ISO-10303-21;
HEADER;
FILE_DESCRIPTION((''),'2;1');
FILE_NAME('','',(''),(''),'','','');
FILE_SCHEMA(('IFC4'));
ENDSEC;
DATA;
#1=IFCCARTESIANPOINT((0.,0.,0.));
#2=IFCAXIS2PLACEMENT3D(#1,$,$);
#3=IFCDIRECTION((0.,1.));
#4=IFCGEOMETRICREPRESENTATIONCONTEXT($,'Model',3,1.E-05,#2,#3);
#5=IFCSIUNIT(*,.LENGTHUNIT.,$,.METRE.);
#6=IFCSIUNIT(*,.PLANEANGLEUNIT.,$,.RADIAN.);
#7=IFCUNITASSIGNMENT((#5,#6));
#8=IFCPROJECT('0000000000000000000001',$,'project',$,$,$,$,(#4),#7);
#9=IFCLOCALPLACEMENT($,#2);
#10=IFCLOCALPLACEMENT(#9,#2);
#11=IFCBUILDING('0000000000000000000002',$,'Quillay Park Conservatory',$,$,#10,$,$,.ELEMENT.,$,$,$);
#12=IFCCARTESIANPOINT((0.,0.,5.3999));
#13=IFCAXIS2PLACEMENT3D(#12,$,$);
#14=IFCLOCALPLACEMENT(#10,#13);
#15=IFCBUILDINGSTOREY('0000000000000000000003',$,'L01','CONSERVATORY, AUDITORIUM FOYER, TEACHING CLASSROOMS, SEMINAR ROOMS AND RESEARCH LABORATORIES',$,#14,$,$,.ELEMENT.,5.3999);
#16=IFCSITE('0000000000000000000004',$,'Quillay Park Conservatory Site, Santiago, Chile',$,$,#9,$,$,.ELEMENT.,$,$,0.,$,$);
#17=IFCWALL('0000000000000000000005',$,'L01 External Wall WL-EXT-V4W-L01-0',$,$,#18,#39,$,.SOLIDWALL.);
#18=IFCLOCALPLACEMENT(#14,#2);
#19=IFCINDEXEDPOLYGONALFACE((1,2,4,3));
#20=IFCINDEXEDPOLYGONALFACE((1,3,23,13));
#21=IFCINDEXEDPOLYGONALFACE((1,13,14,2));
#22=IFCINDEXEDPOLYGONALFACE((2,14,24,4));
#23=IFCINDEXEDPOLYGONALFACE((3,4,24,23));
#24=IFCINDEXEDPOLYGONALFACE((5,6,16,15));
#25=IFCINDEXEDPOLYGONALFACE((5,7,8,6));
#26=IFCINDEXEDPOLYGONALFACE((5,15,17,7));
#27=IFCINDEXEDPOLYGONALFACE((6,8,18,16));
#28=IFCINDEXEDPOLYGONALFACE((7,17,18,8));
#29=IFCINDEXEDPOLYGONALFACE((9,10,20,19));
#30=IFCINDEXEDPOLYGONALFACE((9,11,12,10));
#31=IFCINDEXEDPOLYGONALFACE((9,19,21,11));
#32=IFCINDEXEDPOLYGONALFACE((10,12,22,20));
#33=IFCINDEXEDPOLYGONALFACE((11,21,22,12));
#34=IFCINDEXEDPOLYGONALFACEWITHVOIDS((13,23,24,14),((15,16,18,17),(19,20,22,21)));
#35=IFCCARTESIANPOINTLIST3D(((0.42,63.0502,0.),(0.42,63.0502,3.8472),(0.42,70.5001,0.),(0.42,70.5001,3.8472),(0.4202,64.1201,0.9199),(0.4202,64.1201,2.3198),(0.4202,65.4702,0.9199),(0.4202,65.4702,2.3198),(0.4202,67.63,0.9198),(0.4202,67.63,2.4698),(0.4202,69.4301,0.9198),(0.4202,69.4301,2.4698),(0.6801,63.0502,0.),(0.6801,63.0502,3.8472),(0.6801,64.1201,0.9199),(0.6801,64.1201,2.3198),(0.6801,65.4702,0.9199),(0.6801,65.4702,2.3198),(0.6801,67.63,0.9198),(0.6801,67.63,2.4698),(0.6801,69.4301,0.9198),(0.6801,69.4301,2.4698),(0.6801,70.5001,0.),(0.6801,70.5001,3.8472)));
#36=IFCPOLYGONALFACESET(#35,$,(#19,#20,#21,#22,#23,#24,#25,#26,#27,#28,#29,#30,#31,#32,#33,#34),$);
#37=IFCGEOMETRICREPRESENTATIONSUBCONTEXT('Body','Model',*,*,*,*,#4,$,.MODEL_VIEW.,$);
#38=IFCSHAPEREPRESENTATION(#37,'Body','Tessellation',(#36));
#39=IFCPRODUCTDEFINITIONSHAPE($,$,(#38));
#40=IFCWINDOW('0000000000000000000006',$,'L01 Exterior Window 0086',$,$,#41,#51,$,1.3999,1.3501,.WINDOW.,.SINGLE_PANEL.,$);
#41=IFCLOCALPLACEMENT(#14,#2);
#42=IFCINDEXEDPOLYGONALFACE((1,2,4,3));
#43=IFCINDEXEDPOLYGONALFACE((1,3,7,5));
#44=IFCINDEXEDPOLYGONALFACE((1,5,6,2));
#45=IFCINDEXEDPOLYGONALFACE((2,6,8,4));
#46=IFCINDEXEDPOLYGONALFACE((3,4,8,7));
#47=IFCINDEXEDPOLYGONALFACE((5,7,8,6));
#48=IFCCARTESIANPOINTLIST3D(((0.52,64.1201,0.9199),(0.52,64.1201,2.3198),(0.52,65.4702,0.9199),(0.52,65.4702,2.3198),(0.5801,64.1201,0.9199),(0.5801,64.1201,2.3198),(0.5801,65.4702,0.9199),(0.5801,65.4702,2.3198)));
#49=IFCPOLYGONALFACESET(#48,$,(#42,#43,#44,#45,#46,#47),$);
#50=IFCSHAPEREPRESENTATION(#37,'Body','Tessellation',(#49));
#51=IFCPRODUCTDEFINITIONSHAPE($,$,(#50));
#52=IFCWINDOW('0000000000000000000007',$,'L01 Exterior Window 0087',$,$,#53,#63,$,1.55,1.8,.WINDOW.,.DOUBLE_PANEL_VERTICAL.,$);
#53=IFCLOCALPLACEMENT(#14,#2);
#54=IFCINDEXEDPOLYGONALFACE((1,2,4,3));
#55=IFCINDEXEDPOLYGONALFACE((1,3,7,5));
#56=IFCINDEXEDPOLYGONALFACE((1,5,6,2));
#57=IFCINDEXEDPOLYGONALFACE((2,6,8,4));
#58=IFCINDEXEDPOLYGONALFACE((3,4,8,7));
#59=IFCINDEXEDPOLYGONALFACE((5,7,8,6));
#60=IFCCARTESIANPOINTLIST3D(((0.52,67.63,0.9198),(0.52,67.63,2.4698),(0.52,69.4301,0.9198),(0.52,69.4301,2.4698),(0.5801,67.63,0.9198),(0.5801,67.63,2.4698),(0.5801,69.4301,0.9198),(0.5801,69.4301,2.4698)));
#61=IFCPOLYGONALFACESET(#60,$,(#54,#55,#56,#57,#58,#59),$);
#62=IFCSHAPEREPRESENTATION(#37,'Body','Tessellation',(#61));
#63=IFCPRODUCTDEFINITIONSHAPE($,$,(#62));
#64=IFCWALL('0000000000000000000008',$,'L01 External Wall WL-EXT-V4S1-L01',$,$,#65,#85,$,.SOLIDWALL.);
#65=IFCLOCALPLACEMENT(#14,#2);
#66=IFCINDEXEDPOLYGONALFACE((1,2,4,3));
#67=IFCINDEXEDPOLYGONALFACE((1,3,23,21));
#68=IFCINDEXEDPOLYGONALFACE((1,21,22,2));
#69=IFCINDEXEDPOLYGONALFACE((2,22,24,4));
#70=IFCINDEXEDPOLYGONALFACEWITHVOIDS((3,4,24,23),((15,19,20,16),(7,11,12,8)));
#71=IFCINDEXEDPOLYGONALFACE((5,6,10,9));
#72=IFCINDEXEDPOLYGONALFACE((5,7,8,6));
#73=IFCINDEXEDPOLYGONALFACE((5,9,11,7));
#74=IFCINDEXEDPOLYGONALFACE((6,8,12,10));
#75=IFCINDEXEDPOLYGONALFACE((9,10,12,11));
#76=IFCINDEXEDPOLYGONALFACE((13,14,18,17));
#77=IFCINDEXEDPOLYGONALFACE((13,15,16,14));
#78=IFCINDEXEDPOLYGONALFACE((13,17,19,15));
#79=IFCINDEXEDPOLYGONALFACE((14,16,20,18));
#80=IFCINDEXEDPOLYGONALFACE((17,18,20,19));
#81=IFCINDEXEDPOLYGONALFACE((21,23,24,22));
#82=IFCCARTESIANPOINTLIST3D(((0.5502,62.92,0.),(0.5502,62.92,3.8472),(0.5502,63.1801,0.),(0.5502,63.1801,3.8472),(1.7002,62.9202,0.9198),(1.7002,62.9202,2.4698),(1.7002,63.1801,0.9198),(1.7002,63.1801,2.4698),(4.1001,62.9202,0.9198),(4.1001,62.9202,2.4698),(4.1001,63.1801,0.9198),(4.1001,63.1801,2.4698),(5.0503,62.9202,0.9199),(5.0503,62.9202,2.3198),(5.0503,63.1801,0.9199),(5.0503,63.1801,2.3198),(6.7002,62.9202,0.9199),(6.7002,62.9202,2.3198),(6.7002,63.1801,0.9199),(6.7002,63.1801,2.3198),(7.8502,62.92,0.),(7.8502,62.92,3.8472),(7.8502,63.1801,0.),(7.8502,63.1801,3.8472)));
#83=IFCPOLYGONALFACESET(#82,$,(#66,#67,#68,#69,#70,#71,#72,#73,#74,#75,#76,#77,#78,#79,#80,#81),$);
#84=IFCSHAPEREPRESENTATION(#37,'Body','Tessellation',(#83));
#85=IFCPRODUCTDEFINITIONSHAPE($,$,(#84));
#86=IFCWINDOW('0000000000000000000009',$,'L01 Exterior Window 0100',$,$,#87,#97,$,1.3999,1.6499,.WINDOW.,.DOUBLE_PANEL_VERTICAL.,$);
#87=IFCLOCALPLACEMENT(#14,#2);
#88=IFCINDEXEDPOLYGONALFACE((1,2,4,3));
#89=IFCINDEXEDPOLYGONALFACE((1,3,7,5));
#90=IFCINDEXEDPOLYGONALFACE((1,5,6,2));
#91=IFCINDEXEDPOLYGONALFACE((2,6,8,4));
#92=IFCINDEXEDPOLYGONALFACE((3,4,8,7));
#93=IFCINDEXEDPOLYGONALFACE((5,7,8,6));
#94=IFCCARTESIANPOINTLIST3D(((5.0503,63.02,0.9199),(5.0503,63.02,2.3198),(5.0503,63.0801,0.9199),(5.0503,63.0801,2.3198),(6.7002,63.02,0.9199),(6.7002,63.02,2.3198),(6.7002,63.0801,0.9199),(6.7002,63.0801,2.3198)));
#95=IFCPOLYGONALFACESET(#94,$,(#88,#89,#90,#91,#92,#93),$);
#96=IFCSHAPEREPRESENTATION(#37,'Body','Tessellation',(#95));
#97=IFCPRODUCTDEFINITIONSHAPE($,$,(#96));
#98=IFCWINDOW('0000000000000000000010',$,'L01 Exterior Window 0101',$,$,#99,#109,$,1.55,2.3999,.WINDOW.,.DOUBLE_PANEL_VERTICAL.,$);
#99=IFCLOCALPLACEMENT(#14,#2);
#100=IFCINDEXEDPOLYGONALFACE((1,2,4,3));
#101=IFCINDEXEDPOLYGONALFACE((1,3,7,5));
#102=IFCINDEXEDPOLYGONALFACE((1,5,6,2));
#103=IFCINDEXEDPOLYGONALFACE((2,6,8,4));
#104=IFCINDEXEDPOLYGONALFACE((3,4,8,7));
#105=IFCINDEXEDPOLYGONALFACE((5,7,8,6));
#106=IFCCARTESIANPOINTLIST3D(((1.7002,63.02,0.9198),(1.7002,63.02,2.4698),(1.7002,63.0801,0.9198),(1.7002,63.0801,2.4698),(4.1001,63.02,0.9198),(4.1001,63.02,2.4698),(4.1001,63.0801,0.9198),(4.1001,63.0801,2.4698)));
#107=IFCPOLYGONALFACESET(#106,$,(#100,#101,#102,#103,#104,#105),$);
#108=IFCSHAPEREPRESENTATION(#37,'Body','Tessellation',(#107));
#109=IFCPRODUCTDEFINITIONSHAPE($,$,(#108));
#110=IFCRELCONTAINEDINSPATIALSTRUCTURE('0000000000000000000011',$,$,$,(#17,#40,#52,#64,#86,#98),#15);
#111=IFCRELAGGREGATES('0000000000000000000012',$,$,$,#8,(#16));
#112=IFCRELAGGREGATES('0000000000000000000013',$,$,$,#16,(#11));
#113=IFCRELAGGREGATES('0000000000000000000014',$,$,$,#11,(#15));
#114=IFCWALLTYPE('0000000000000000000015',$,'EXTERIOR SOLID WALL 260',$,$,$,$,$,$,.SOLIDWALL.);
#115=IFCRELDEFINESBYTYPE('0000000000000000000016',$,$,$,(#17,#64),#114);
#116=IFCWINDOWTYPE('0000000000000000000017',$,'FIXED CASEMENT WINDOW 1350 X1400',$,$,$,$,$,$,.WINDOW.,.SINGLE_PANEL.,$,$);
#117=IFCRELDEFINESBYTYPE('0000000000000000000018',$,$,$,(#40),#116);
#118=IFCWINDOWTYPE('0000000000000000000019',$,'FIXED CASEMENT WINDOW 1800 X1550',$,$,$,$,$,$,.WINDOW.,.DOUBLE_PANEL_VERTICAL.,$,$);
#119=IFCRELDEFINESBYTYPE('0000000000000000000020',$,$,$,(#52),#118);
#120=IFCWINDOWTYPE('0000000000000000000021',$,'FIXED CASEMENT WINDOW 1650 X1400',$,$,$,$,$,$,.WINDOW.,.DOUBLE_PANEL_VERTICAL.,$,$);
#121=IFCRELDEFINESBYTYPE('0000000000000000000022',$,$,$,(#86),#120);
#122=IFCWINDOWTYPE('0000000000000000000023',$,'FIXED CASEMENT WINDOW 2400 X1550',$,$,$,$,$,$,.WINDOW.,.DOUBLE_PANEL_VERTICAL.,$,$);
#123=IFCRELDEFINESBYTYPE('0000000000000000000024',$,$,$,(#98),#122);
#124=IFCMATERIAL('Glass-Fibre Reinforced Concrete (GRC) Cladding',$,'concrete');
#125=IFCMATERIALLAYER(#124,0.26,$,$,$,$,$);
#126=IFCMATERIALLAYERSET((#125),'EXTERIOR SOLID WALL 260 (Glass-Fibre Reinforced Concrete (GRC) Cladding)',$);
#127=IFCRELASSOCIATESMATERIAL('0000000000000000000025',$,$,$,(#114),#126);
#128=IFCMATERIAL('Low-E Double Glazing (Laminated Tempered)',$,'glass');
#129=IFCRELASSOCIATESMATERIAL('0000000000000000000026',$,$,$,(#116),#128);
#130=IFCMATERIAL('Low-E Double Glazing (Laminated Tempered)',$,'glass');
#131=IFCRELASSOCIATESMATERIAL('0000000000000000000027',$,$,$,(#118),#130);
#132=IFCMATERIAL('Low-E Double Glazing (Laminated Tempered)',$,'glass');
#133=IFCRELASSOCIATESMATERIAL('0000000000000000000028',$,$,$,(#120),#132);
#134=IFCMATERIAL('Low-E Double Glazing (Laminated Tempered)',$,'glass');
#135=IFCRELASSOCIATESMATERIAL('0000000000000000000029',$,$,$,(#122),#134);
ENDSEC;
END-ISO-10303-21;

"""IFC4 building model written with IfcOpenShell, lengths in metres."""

from ifc_helpers import new_model, si_unit, direction, frame, frame_2d, origin, place, context, subcontext, project, spatial, rectangle, extrude, material, layer, layer_set, type_object, element, fill, save


model = new_model("IFC4")

# Units and contexts
model_context = context("Model", 3, precision=1e-05, world=origin(), true_north=direction((0.0, 1.0)))
body_context = subcontext(model_context, "Body", "Model", "MODEL_VIEW")
ifc_project = project(units=[si_unit("LENGTHUNIT", "METRE"), si_unit("PLANEANGLEUNIT", "RADIAN")], contexts=[model_context])

# Site, building, storey
site_placement = place(None, origin())
site = spatial("IfcSite", under=ifc_project, at=site_placement, Name="Quillay Park Conservatory Site, Santiago, Chile", CompositionType="ELEMENT", RefElevation=0.0)
building_placement = place(site_placement, origin())
building = spatial("IfcBuilding", under=site, at=building_placement, Name="Quillay Park Conservatory", CompositionType="ELEMENT")
storey_placement = place(building_placement, frame((0.0, 0.0, 5.3999)))
storey = spatial("IfcBuildingStorey", under=building, at=storey_placement, Name="L01", Description="CONSERVATORY, AUDITORIUM FOYER, TEACHING CLASSROOMS, SEMINAR ROOMS AND RESEARCH LABORATORIES", CompositionType="ELEMENT", Elevation=5.3999)

# Walls, openings, windows
ifc_material_1 = material(Name="Glass-Fibre Reinforced Concrete (GRC) Cladding", Category="concrete")
ifc_layer_1 = layer(ifc_material_1, 0.26)
ifc_layer_set_1 = layer_set([ifc_layer_1], Name="EXTERIOR SOLID WALL 260 (Glass-Fibre Reinforced Concrete (GRC) Cladding)")
wall_type = type_object("IfcWallType", Name="EXTERIOR SOLID WALL 260", PredefinedType="SOLIDWALL", material=ifc_layer_set_1)
wall_1_placement = place(storey_placement, frame((0.55, 63.05, 0.0), z_axis=(0.0, 0.0, 1.0), x_axis=(0.0, 1.0, 0.0)))
wall_1 = element("IfcWall", 1, at=wall_1_placement, inside=storey, type_object=wall_type, Name="L01 External Wall WL-EXT-V4W-L01-0", PredefinedType="SOLIDWALL", context=body_context, shape_type="SweptSolid", body=[
    extrude(rectangle(XDim=7.45, YDim=0.26, at=frame_2d((3.7251, 0.0))), origin(), (0.0, 0.0, 1.0), 3.8472),
])
opening_1_placement = place(wall_1_placement, frame((1.0701, 0.0, 0.9199)))
opening_1 = element("IfcOpeningElement", 2, at=opening_1_placement, cuts=wall_1, PredefinedType="OPENING", context=body_context, shape_type="SweptSolid", body=[
    extrude(rectangle(XDim=1.3501, YDim=1.3999, at=frame_2d((0.675, 0.7))), frame((0.0, 0.1299, 0.0), z_axis=(0.0, -1.0, 0.0), x_axis=(1.0, 0.0, 0.0)), (0.0, 0.0, 1.0), 0.26),
])
opening_2_placement = place(wall_1_placement, frame((4.5801, 0.0, 0.9199)))
opening_2 = element("IfcOpeningElement", 3, at=opening_2_placement, cuts=wall_1, PredefinedType="OPENING", context=body_context, shape_type="SweptSolid", body=[
    extrude(rectangle(XDim=1.8, YDim=1.55, at=frame_2d((0.8999, 0.7749))), frame((0.0, 0.1299, 0.0), z_axis=(0.0, -1.0, 0.0), x_axis=(1.0, 0.0, 0.0)), (0.0, 0.0, 1.0), 0.26),
])
ifc_material_2 = material(Name="Low-E Double Glazing (Laminated Tempered)", Category="glass")
window_type_1 = type_object("IfcWindowType", Name="FIXED CASEMENT WINDOW 1350 X1400", PartitioningType="SINGLE_PANEL", PredefinedType="WINDOW", material=ifc_material_2)
window_1_placement = place(opening_1_placement, origin())
window_1 = element("IfcWindow", 4, at=window_1_placement, inside=storey, type_object=window_type_1, Name="L01 Exterior Window 0086", OverallHeight=1.3999, OverallWidth=1.3501, PartitioningType="SINGLE_PANEL", PredefinedType="WINDOW", context=body_context, shape_type="SweptSolid", body=[
    extrude(rectangle(XDim=1.3501, YDim=1.3999, at=frame_2d((0.675, 0.7))), frame((0.0, 0.03, 0.0), z_axis=(0.0, -1.0, 0.0), x_axis=(1.0, 0.0, 0.0)), (0.0, 0.0, 1.0), 0.0601),
])
fill(opening_1, window_1)
ifc_material_3 = material(Name="Low-E Double Glazing (Laminated Tempered)", Category="glass")
window_type_2 = type_object("IfcWindowType", Name="FIXED CASEMENT WINDOW 1800 X1550", PartitioningType="DOUBLE_PANEL_VERTICAL", PredefinedType="WINDOW", material=ifc_material_3)
window_2_placement = place(opening_2_placement, origin())
window_2 = element("IfcWindow", 5, at=window_2_placement, inside=storey, type_object=window_type_2, Name="L01 Exterior Window 0087", OverallHeight=1.55, OverallWidth=1.8, PartitioningType="DOUBLE_PANEL_VERTICAL", PredefinedType="WINDOW", context=body_context, shape_type="SweptSolid", body=[
    extrude(rectangle(XDim=1.8, YDim=1.55, at=frame_2d((0.8999, 0.7749))), frame((0.0, 0.03, 0.0), z_axis=(0.0, -1.0, 0.0), x_axis=(1.0, 0.0, 0.0)), (0.0, 0.0, 1.0), 0.0601),
])
fill(opening_2, window_2)
wall_2_placement = place(storey_placement, frame((7.8501, 63.05, 0.0), z_axis=(0.0, 0.0, 1.0), x_axis=(-1.0, 0.0, 0.0)))
wall_2 = element("IfcWall", 6, at=wall_2_placement, inside=storey, type_object=wall_type, Name="L01 External Wall WL-EXT-V4S1-L01", PredefinedType="SOLIDWALL", context=body_context, shape_type="SweptSolid", body=[
    extrude(rectangle(XDim=7.3, YDim=0.26, at=frame_2d((3.6499, 0.0))), origin(), (0.0, 0.0, 1.0), 3.8472),
])
opening_3_placement = place(wall_2_placement, frame((1.1499, 0.0, 0.9199)))
opening_3 = element("IfcOpeningElement", 7, at=opening_3_placement, cuts=wall_2, PredefinedType="OPENING", context=body_context, shape_type="SweptSolid", body=[
    extrude(rectangle(XDim=1.6499, YDim=1.3999, at=frame_2d((0.825, 0.7))), frame((0.0, 0.1299, 0.0), z_axis=(0.0, -1.0, 0.0), x_axis=(1.0, 0.0, 0.0)), (0.0, 0.0, 1.0), 0.26),
])
opening_4_placement = place(wall_2_placement, frame((3.75, 0.0, 0.9199)))
opening_4 = element("IfcOpeningElement", 8, at=opening_4_placement, cuts=wall_2, PredefinedType="OPENING", context=body_context, shape_type="SweptSolid", body=[
    extrude(rectangle(XDim=2.3999, YDim=1.55, at=frame_2d((1.2, 0.7749))), frame((0.0, 0.1299, 0.0), z_axis=(0.0, -1.0, 0.0), x_axis=(1.0, 0.0, 0.0)), (0.0, 0.0, 1.0), 0.26),
])
ifc_material_4 = material(Name="Low-E Double Glazing (Laminated Tempered)", Category="glass")
window_type_3 = type_object("IfcWindowType", Name="FIXED CASEMENT WINDOW 1650 X1400", PartitioningType="DOUBLE_PANEL_VERTICAL", PredefinedType="WINDOW", material=ifc_material_4)
window_3_placement = place(opening_3_placement, origin())
window_3 = element("IfcWindow", 9, at=window_3_placement, inside=storey, type_object=window_type_3, Name="L01 Exterior Window 0100", OverallHeight=1.3999, OverallWidth=1.6499, PartitioningType="DOUBLE_PANEL_VERTICAL", PredefinedType="WINDOW", context=body_context, shape_type="SweptSolid", body=[
    extrude(rectangle(XDim=1.6499, YDim=1.3999, at=frame_2d((0.825, 0.7))), frame((0.0, 0.03, 0.0), z_axis=(0.0, -1.0, 0.0), x_axis=(1.0, 0.0, 0.0)), (0.0, 0.0, 1.0), 0.0601),
])
fill(opening_3, window_3)
ifc_material_5 = material(Name="Low-E Double Glazing (Laminated Tempered)", Category="glass")
window_type_4 = type_object("IfcWindowType", Name="FIXED CASEMENT WINDOW 2400 X1550", PartitioningType="DOUBLE_PANEL_VERTICAL", PredefinedType="WINDOW", material=ifc_material_5)
window_4_placement = place(opening_4_placement, origin())
window_4 = element("IfcWindow", 10, at=window_4_placement, inside=storey, type_object=window_type_4, Name="L01 Exterior Window 0101", OverallHeight=1.55, OverallWidth=2.3999, PartitioningType="DOUBLE_PANEL_VERTICAL", PredefinedType="WINDOW", context=body_context, shape_type="SweptSolid", body=[
    extrude(rectangle(XDim=2.3999, YDim=1.55, at=frame_2d((1.2, 0.7749))), frame((0.0, 0.03, 0.0), z_axis=(0.0, -1.0, 0.0), x_axis=(1.0, 0.0, 0.0)), (0.0, 0.0, 1.0), 0.0601),
])
fill(opening_4, window_4)

save(model, "model.ifc")
